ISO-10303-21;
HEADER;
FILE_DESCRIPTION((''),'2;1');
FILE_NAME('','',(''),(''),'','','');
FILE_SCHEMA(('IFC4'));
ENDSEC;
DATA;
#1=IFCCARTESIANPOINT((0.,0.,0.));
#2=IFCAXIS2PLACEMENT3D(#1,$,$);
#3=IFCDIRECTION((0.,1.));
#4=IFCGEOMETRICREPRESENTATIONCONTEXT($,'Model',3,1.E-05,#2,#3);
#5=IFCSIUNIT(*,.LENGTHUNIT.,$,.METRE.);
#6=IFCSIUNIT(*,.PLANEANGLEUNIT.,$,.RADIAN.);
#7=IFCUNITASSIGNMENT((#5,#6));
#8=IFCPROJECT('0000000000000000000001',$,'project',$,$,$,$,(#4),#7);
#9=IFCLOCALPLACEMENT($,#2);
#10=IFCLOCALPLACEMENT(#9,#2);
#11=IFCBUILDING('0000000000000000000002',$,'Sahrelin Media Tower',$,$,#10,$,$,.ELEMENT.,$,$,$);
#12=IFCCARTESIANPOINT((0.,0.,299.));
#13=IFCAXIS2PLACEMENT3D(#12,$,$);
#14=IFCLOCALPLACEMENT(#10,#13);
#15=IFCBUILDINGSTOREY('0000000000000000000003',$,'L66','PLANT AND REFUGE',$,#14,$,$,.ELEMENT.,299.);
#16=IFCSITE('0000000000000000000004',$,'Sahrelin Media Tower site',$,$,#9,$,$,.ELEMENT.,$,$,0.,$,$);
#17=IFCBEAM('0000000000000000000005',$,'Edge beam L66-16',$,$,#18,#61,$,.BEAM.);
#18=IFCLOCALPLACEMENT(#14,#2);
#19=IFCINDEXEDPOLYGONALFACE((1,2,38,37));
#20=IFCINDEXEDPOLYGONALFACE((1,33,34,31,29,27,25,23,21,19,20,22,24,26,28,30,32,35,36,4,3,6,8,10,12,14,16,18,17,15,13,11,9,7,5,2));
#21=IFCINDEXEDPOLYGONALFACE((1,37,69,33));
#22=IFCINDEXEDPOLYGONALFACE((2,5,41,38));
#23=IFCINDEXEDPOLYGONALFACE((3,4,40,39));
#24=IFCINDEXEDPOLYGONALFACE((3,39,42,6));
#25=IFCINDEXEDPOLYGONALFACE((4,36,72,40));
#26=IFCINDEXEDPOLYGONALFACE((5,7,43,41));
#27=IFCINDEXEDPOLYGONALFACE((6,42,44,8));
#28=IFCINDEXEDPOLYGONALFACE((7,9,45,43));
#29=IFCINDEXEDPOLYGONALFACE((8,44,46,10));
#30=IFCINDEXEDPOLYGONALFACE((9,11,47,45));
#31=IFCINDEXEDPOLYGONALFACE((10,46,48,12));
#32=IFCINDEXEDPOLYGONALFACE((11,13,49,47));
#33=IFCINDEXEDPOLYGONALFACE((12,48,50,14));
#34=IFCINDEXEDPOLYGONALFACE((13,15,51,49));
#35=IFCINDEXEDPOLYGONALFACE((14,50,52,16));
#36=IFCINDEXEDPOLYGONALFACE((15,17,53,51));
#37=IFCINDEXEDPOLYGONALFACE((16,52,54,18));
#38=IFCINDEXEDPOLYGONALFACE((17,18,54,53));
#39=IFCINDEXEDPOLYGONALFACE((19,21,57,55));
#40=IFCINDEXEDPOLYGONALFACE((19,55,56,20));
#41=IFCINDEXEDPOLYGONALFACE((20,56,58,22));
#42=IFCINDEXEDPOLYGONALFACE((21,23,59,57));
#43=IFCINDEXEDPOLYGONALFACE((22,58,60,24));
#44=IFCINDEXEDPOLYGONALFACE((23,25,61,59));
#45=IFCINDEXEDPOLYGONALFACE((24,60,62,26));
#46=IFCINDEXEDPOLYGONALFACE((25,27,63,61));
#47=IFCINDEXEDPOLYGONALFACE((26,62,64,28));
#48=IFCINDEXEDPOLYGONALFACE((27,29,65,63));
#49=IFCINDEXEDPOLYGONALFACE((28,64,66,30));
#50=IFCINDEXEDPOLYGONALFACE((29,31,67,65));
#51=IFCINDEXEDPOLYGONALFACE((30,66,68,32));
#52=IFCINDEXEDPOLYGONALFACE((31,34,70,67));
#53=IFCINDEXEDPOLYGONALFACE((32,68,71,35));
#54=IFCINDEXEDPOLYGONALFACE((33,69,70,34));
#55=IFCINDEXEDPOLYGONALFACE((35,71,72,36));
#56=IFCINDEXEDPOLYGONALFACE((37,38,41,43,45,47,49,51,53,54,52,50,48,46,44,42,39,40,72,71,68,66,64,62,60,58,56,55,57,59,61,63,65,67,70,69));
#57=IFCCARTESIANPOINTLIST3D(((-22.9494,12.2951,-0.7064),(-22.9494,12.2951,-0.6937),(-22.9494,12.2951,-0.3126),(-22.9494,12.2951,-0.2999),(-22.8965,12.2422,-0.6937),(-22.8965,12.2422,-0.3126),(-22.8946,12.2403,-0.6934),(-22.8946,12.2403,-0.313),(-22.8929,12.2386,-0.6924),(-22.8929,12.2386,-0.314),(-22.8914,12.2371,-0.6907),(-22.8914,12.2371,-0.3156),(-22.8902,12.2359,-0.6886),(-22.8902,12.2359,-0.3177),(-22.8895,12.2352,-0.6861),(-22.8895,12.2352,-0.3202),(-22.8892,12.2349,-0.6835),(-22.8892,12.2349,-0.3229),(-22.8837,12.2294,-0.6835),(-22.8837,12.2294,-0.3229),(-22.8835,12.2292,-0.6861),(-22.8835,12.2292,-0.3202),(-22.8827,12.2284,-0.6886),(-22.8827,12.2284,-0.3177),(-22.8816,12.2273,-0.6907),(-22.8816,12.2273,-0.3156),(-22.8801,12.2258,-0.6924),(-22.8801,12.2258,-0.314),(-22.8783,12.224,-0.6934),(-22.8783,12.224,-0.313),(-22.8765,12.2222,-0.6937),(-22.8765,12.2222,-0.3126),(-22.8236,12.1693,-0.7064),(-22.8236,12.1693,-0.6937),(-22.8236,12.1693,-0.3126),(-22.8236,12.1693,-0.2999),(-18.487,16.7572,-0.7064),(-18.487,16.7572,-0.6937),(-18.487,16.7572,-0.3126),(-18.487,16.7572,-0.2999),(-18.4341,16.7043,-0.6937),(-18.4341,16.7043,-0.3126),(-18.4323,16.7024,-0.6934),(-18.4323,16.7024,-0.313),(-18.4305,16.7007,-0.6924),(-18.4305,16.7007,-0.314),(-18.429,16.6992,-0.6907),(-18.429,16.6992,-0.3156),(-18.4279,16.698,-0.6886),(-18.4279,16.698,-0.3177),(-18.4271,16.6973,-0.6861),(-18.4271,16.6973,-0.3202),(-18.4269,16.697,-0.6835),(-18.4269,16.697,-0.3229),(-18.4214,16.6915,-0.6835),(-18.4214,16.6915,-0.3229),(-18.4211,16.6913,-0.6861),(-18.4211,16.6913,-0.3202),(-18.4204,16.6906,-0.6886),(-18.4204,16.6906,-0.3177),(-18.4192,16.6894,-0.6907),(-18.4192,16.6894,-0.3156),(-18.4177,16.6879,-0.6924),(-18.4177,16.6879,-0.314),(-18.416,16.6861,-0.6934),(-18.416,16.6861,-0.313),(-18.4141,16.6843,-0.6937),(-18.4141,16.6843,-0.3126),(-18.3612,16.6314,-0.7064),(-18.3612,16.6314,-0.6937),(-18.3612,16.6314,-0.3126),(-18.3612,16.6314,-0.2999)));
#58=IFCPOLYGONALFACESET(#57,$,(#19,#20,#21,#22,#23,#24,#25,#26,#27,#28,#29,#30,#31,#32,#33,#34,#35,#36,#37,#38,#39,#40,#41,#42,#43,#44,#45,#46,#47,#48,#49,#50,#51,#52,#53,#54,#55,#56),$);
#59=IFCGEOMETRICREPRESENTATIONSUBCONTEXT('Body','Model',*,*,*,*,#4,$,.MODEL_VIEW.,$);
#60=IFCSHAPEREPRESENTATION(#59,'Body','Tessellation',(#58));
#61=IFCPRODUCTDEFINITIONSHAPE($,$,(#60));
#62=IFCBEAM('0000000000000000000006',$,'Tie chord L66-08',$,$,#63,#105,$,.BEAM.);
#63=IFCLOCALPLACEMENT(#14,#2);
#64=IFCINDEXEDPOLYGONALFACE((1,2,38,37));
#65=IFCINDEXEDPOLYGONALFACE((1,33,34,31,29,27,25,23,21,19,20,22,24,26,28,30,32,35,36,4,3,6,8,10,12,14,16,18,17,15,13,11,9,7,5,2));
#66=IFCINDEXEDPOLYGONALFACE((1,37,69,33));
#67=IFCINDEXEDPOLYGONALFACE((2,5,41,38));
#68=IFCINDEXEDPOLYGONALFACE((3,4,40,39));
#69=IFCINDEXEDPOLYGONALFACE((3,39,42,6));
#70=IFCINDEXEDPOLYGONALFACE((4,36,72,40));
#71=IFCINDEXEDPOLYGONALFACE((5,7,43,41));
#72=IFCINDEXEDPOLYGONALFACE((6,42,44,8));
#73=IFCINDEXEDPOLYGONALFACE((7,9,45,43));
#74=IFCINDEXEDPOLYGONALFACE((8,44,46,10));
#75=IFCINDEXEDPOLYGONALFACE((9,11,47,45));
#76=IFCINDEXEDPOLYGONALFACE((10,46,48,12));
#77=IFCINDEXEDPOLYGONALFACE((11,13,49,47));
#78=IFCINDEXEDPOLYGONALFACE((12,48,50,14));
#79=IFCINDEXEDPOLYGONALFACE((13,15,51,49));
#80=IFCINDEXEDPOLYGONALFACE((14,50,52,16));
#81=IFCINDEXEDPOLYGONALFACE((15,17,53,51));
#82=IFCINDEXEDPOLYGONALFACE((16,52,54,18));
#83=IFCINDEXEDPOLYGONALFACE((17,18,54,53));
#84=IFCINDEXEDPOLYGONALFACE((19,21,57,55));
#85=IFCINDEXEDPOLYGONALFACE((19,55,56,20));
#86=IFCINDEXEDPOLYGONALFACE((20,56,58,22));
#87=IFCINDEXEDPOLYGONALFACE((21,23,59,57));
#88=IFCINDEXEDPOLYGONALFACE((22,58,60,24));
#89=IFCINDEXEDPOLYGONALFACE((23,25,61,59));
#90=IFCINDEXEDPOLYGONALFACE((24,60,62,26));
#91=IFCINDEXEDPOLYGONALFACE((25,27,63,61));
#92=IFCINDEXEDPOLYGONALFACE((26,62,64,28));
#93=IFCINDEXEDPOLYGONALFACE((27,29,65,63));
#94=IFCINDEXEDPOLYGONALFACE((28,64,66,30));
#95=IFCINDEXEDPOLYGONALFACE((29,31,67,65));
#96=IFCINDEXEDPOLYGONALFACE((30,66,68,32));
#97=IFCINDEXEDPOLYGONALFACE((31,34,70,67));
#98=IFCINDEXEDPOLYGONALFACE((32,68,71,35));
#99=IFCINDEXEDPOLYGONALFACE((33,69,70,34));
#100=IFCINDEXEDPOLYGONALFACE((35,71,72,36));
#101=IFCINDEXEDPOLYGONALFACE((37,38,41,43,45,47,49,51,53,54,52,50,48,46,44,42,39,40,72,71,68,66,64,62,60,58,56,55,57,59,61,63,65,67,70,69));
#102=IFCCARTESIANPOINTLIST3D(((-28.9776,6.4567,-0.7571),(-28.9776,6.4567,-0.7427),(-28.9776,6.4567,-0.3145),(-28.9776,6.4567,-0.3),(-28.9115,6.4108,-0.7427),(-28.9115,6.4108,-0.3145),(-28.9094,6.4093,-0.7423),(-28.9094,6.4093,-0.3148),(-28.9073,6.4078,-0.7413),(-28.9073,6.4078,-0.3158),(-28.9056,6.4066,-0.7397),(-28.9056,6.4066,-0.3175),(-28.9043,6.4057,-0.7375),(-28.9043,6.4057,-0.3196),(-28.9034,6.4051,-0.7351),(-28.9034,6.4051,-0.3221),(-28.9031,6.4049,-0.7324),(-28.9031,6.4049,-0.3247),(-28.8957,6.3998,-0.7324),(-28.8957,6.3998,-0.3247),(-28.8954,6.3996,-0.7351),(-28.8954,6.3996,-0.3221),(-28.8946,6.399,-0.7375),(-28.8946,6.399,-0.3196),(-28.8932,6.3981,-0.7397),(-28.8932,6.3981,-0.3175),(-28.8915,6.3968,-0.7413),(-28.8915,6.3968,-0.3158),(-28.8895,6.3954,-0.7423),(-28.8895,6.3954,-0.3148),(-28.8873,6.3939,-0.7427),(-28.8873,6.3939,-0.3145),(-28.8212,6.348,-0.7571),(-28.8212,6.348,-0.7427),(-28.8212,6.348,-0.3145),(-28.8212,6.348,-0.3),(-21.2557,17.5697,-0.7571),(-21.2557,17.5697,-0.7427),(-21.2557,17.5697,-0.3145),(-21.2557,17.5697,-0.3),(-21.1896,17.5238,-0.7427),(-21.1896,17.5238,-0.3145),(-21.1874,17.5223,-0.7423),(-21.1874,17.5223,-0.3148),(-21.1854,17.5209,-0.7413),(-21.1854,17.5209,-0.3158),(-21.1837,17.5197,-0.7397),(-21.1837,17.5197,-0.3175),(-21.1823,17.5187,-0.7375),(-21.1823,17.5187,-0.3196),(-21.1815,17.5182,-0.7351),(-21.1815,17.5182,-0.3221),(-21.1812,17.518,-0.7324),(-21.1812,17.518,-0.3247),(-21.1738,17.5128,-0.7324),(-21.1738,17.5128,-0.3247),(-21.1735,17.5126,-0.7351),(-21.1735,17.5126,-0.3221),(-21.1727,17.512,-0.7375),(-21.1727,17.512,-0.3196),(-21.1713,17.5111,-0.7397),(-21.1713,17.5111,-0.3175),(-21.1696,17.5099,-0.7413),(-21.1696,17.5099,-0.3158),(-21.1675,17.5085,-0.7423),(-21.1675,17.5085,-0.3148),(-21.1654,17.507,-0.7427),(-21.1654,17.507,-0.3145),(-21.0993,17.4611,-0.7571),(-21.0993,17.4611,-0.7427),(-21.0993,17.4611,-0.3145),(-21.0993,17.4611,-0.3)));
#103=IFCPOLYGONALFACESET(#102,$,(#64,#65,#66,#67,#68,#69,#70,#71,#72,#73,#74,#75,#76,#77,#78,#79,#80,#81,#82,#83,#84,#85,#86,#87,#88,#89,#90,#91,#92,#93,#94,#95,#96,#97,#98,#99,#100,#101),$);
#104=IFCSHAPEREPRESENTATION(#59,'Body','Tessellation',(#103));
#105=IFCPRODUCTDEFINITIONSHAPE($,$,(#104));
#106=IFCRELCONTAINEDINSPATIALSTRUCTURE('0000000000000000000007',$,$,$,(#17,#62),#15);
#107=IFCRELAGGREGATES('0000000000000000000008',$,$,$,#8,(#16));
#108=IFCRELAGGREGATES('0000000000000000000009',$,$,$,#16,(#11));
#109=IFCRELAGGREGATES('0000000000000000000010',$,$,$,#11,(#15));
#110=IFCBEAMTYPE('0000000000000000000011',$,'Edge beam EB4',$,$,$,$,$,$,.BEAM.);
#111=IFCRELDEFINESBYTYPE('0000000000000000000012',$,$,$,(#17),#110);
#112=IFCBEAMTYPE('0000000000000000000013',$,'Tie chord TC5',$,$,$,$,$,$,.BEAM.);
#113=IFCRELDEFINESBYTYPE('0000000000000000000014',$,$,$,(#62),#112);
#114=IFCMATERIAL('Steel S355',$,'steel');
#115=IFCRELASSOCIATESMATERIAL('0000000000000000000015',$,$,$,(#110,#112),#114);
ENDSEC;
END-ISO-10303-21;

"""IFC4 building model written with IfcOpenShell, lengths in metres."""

from ifc_helpers import new_model, si_unit, direction, frame, origin, origin_2d, place, context, subcontext, project, spatial, i_section, extrude, material, material_profile, profile_set, type_object, element, save


model = new_model("IFC4")

# Units and contexts
model_context = context("Model", 3, precision=1e-05, world=origin(), true_north=direction((0.0, 1.0)))
body_context = subcontext(model_context, "Body", "Model", "MODEL_VIEW")
ifc_project = project(units=[si_unit("LENGTHUNIT", "METRE"), si_unit("PLANEANGLEUNIT", "RADIAN")], contexts=[model_context])

# Site, building, storey
site_placement = place(None, origin())
site = spatial("IfcSite", under=ifc_project, at=site_placement, Name="Sahrelin Media Tower site", CompositionType="ELEMENT", RefElevation=0.0)
building_placement = place(site_placement, origin())
building = spatial("IfcBuilding", under=site, at=building_placement, Name="Sahrelin Media Tower", CompositionType="ELEMENT")
storey_placement = place(building_placement, frame((0.0, 0.0, 299.0)))
storey = spatial("IfcBuildingStorey", under=building, at=storey_placement, Name="L66", Description="PLANT AND REFUGE", CompositionType="ELEMENT", Elevation=299.0)

# Beams
ifc_material_1 = material(Name="Steel S355", Category="steel")
ifc_material_profile_1 = material_profile(ifc_material_1, i_section(OverallWidth=0.178, OverallDepth=0.4065, WebThickness=0.0078, FlangeThickness=0.0127, FilletRadius=0.0103, at=origin_2d()), Name="UB 406x178x60")
ifc_profile_set_1 = profile_set([ifc_material_profile_1], Name="Steel S355")
beam_type_1 = type_object("IfcBeamType", Name="Edge beam EB4", PredefinedType="BEAM", material=ifc_profile_set_1)
beam_1_placement = place(storey_placement, frame((-22.8865, 12.2322, -0.5032), z_axis=(0.707126, 0.707087, 0.0), x_axis=(-0.707087, 0.707126, 0.0)))
element("IfcBeam", 1, at=beam_1_placement, inside=storey, type_object=beam_type_1, Name="Edge beam L66-16", PredefinedType="BEAM", context=body_context, shape_type="SweptSolid", body=[
    extrude(i_section(OverallWidth=0.178, OverallDepth=0.4065, WebThickness=0.0078, FlangeThickness=0.0127, FilletRadius=0.0103, at=origin_2d()), origin(), (0.0, 0.0, 1.0), 6.3105),
])
ifc_material_profile_2 = material_profile(ifc_material_1, i_section(OverallWidth=0.1904, OverallDepth=0.457, WebThickness=0.009, FlangeThickness=0.0144, FilletRadius=0.0103, at=origin_2d()), Name="UB 457x191x74")
ifc_profile_set_2 = profile_set([ifc_material_profile_2], Name="Steel S355")
beam_type_2 = type_object("IfcBeamType", Name="Tie chord TC5", PredefinedType="BEAM", material=ifc_profile_set_2)
beam_2_placement = place(storey_placement, frame((-28.8994, 6.4023, -0.5286), z_axis=(0.570622, 0.821213, 0.0), x_axis=(-0.821213, 0.570622, 0.0)))
element("IfcBeam", 2, at=beam_2_placement, inside=storey, type_object=beam_type_2, Name="Tie chord L66-08", PredefinedType="BEAM", context=body_context, shape_type="SweptSolid", body=[
    extrude(i_section(OverallWidth=0.1904, OverallDepth=0.457, WebThickness=0.009, FlangeThickness=0.0144, FilletRadius=0.0103, at=origin_2d()), origin(), (0.0, 0.0, 1.0), 13.5325),
])

save(model, "model.ifc")
